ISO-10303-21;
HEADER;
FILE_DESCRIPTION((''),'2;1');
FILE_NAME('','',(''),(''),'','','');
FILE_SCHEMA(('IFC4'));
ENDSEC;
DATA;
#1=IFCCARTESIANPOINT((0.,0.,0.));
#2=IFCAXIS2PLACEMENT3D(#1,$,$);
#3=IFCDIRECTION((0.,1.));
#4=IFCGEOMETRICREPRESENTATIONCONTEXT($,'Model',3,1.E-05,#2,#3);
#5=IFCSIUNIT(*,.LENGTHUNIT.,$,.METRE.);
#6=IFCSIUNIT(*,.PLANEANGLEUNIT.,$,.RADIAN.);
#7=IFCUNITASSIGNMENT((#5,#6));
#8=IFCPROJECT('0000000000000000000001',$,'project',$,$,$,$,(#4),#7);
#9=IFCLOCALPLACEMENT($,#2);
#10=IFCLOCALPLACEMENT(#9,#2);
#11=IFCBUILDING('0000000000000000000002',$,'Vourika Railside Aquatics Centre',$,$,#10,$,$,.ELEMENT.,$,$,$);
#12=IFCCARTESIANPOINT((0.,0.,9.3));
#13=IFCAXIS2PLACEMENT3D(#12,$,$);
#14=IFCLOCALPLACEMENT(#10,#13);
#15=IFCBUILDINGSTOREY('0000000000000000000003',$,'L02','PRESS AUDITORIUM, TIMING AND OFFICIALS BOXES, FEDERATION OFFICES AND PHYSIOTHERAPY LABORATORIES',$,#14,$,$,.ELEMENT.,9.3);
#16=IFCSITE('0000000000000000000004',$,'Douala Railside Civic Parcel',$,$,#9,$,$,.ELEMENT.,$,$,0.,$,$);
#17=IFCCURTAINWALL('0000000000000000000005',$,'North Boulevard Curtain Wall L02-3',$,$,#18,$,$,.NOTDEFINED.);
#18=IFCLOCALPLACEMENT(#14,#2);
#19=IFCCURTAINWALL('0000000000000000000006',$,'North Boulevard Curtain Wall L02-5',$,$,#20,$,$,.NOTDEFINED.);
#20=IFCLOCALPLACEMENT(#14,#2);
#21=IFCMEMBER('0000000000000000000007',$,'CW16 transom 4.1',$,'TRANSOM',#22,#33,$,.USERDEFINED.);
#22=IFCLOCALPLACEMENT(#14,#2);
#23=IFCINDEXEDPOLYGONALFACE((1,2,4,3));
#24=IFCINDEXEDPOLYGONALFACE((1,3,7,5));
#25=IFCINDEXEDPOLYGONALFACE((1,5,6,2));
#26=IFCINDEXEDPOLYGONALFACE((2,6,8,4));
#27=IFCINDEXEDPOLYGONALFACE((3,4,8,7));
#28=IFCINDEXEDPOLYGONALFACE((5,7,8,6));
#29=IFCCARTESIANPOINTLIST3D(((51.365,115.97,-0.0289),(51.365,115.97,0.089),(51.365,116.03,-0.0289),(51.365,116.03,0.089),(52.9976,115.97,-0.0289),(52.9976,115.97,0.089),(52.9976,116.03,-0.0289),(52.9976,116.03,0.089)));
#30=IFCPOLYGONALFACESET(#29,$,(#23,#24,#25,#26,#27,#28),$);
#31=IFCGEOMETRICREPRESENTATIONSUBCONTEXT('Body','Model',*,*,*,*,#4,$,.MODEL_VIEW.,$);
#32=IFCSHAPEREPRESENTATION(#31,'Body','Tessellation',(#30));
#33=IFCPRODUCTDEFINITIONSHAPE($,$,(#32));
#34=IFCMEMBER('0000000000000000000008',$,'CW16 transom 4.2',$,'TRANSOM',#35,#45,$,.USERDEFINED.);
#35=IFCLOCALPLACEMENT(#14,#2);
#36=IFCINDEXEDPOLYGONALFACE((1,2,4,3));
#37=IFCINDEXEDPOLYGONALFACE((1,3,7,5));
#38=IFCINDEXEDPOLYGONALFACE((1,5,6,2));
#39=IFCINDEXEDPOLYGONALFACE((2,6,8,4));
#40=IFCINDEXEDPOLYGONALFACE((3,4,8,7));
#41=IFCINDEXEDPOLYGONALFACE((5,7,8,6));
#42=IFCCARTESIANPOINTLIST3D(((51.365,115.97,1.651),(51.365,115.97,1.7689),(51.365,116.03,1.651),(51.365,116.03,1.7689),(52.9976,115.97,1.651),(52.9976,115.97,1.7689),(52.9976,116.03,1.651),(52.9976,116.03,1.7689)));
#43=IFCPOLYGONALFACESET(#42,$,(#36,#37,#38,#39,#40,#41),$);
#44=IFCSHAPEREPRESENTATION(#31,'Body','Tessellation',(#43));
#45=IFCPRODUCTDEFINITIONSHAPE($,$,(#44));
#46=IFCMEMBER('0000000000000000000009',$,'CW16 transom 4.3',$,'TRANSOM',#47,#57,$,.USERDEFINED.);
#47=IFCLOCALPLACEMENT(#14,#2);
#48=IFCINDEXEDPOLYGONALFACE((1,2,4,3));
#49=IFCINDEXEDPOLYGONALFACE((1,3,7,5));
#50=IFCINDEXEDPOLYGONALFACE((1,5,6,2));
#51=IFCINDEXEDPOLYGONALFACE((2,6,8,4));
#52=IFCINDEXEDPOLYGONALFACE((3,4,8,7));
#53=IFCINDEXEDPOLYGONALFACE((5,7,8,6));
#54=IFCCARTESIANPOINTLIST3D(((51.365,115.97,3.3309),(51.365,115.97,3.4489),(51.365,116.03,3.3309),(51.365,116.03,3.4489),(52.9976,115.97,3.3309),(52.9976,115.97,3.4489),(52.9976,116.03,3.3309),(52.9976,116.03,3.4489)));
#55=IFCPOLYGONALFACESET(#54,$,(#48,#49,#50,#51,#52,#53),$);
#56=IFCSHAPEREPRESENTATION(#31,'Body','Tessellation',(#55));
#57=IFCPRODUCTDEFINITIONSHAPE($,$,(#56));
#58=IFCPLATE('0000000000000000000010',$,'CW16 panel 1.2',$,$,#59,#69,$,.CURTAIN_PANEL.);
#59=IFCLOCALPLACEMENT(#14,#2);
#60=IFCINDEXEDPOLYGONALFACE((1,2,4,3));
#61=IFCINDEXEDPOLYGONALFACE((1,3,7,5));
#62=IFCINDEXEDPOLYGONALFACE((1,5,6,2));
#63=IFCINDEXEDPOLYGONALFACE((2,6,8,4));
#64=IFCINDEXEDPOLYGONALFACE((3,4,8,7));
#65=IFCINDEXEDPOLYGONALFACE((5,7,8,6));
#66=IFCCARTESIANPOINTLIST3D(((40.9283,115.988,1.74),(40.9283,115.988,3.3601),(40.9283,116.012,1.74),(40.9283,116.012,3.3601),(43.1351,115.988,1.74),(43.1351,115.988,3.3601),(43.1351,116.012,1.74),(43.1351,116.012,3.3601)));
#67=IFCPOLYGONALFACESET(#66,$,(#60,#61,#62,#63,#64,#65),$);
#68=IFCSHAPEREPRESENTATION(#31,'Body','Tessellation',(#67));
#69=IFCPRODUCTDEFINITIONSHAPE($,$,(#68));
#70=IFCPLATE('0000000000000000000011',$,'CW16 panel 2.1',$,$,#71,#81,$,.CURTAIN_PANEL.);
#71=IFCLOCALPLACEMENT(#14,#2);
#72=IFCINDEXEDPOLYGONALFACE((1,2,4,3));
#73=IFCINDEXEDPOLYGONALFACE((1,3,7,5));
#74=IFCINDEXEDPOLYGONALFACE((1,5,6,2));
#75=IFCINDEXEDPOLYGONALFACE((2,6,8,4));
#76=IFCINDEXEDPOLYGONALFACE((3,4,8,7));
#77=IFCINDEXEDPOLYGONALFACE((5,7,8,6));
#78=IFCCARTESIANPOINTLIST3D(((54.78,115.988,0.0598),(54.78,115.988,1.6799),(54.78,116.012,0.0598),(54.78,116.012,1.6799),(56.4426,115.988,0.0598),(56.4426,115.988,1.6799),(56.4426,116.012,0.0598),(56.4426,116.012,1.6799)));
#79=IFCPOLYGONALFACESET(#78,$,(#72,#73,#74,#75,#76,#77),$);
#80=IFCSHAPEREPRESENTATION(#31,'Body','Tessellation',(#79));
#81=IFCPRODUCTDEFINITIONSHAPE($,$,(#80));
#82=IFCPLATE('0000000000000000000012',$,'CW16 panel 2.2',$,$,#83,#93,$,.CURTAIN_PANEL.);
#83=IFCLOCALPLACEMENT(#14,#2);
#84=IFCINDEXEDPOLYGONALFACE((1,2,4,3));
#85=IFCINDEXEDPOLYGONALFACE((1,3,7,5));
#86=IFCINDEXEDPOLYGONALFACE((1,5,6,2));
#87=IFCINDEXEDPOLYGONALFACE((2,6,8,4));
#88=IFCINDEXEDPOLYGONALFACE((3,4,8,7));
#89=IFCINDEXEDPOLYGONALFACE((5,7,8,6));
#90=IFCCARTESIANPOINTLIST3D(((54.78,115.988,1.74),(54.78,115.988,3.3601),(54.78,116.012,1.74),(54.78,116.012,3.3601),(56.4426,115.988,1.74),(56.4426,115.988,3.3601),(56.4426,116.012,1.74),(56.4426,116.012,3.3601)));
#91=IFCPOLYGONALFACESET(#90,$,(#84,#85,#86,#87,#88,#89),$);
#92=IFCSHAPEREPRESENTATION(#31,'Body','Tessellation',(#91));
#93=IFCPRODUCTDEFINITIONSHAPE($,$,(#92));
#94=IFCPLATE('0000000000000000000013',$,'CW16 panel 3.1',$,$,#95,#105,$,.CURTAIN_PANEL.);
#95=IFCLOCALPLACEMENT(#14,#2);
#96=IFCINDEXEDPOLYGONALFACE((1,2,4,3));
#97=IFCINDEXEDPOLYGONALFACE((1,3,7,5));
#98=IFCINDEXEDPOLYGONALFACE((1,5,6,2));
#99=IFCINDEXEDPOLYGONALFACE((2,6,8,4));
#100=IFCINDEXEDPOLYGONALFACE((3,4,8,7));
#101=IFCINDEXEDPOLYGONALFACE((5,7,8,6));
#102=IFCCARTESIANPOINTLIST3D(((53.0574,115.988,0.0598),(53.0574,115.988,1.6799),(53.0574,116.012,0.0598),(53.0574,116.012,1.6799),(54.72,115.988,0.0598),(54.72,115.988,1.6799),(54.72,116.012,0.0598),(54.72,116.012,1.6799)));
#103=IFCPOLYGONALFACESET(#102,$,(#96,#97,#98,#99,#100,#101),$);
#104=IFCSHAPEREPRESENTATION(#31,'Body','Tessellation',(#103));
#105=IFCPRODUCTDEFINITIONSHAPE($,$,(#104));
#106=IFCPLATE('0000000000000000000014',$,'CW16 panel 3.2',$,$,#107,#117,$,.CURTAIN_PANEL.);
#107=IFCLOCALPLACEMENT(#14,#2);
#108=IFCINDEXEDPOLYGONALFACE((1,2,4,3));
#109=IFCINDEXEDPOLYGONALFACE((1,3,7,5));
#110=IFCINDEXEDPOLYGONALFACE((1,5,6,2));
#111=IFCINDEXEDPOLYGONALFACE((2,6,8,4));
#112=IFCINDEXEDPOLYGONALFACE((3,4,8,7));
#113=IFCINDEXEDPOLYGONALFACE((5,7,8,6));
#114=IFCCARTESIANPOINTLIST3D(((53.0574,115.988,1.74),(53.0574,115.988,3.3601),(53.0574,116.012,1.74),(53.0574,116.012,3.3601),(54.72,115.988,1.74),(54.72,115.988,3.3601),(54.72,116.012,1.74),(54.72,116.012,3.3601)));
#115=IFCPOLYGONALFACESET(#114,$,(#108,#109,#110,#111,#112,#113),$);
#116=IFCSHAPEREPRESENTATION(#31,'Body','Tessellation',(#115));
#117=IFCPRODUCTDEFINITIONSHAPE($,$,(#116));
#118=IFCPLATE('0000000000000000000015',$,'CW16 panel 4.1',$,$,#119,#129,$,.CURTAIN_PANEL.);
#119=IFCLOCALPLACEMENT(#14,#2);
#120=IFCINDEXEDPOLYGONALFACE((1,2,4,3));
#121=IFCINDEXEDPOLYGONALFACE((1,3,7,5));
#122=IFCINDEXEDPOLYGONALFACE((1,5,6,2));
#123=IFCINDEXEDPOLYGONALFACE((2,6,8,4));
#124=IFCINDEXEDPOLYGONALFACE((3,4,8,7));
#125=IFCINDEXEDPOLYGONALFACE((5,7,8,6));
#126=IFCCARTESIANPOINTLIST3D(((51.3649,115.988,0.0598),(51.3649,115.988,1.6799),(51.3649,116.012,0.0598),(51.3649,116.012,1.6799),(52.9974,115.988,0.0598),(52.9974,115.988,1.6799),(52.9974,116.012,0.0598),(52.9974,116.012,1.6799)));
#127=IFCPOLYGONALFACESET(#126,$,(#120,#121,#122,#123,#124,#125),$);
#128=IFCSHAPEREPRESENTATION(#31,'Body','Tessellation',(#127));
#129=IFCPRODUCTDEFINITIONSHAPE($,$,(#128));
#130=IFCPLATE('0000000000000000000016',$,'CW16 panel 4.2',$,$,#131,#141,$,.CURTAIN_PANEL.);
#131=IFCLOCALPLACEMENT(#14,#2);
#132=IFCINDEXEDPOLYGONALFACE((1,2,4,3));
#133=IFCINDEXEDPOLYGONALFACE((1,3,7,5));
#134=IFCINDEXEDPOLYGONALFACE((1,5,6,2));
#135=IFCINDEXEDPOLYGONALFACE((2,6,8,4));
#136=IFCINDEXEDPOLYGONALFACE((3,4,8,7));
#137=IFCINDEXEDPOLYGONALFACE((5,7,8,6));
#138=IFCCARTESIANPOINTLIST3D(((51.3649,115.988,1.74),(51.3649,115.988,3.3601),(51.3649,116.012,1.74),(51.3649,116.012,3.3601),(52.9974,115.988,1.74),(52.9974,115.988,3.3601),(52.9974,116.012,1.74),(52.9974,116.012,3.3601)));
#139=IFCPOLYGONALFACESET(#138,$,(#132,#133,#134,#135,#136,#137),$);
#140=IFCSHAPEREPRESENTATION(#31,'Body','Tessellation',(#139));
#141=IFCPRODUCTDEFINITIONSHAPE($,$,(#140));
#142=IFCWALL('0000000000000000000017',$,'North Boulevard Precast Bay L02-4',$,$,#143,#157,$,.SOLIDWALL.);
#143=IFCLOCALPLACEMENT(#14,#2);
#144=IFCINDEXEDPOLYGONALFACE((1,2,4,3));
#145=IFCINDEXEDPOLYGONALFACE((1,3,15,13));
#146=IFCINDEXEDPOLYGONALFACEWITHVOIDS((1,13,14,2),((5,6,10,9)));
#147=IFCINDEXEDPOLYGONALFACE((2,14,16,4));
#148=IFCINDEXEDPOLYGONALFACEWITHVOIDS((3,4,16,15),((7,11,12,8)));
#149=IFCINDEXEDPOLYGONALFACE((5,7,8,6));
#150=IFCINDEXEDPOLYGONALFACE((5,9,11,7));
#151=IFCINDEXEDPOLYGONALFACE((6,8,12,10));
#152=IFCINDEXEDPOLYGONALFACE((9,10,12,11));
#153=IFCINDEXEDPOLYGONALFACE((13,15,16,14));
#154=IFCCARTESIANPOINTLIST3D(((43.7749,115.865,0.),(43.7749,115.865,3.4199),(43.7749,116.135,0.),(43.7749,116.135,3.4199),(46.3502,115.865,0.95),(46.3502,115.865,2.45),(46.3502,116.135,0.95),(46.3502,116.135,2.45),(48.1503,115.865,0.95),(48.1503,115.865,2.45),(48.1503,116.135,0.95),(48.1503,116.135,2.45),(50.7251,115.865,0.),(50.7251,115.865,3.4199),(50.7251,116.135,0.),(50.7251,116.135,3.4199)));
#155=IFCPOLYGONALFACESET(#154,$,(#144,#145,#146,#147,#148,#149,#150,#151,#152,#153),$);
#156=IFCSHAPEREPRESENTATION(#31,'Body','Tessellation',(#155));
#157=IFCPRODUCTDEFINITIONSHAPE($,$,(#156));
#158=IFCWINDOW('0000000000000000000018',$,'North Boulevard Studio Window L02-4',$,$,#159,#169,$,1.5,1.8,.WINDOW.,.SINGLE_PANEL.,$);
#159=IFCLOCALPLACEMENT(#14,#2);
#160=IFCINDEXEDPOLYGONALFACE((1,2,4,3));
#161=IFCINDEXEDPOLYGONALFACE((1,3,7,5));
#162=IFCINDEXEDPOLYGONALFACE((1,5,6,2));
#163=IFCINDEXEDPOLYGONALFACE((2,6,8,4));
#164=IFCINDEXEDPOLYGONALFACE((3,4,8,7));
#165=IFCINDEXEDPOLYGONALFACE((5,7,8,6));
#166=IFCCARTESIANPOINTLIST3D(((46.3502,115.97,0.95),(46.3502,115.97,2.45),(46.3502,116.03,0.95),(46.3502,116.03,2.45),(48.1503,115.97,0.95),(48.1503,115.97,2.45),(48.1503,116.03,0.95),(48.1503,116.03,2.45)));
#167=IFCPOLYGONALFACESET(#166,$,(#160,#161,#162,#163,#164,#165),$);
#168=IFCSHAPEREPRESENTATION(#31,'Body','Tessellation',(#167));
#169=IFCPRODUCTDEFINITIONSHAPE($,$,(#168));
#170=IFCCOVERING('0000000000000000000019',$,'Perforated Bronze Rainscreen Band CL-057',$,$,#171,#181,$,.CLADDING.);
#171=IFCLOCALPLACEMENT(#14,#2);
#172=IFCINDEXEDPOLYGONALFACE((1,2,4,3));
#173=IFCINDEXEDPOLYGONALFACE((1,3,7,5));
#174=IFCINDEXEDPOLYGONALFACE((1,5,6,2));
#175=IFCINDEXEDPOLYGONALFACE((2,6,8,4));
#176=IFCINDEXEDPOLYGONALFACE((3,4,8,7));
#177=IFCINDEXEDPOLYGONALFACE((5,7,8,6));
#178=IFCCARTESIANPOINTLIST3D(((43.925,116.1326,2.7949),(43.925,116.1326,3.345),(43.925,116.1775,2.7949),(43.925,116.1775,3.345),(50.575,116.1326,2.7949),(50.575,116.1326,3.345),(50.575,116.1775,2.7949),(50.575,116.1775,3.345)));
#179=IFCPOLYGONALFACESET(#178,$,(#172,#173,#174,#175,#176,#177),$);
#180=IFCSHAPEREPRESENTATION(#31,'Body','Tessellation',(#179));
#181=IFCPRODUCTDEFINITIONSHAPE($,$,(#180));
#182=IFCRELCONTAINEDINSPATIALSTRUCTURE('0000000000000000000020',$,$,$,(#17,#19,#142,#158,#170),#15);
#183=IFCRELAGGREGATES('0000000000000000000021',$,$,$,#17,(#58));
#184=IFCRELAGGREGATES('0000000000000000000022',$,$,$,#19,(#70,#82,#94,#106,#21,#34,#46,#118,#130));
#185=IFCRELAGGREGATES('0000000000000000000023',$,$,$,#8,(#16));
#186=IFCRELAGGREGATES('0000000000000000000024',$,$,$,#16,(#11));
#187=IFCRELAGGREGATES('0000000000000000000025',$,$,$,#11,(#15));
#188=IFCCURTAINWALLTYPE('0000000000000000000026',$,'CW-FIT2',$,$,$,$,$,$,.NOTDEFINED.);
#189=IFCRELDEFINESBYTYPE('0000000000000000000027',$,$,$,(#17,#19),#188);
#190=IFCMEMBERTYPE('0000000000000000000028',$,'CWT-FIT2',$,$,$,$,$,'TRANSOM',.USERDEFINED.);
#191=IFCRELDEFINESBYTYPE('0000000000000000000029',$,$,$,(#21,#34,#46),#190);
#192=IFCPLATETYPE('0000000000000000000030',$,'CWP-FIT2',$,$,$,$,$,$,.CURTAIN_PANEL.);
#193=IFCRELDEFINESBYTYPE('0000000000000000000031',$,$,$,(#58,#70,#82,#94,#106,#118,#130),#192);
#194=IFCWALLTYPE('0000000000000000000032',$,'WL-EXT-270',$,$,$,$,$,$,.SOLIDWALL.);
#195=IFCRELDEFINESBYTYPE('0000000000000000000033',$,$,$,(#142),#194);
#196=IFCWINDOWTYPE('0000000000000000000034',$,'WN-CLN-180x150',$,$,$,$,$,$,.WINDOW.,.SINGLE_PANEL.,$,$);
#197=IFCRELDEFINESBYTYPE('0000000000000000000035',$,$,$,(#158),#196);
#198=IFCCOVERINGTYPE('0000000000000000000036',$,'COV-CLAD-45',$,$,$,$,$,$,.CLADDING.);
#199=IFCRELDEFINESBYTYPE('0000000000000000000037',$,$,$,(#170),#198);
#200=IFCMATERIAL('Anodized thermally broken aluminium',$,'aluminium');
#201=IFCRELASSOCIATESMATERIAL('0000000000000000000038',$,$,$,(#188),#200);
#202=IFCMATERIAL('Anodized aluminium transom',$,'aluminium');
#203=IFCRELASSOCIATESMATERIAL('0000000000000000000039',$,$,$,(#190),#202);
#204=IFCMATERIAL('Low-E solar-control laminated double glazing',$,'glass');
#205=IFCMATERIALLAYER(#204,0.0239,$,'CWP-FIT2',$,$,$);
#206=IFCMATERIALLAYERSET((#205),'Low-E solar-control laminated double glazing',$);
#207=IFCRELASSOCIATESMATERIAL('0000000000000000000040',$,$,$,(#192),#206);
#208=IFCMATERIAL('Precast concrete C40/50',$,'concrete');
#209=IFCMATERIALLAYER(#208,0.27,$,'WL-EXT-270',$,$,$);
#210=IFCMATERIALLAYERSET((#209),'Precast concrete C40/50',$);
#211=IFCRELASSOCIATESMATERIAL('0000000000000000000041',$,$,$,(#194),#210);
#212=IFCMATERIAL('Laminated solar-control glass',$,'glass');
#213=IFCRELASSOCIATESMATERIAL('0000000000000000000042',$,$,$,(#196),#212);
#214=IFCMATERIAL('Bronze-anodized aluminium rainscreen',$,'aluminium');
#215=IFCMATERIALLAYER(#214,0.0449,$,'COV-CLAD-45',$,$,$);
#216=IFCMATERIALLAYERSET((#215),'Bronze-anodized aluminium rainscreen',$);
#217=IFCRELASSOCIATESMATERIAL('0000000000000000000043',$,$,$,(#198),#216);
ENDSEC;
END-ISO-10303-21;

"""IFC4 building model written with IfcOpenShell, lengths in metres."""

from ifc_helpers import new_model, si_unit, direction, frame, frame_2d, origin, origin_2d, place, context, subcontext, project, spatial, rectangle, extrude, material, layer, layer_set, material_profile, profile_set, type_object, element, fill, aggregate, save


model = new_model("IFC4")

# Units and contexts
model_context = context("Model", 3, precision=1e-05, world=origin(), true_north=direction((0.0, 1.0)))
body_context = subcontext(model_context, "Body", "Model", "MODEL_VIEW")
ifc_project = project(units=[si_unit("LENGTHUNIT", "METRE"), si_unit("PLANEANGLEUNIT", "RADIAN")], contexts=[model_context])

# Site, building, storey
site_placement = place(None, origin())
site = spatial("IfcSite", under=ifc_project, at=site_placement, Name="Douala Railside Civic Parcel", CompositionType="ELEMENT", RefElevation=0.0)
building_placement = place(site_placement, origin())
building = spatial("IfcBuilding", under=site, at=building_placement, Name="Vourika Railside Aquatics Centre", CompositionType="ELEMENT")
storey_placement = place(building_placement, frame((0.0, 0.0, 9.3)))
storey = spatial("IfcBuildingStorey", under=building, at=storey_placement, Name="L02", Description="PRESS AUDITORIUM, TIMING AND OFFICIALS BOXES, FEDERATION OFFICES AND PHYSIOTHERAPY LABORATORIES", CompositionType="ELEMENT", Elevation=9.3)

# Curtain wall
ifc_material_1 = material(Name="Anodized thermally broken aluminium", Category="aluminium")
curtain_wall_type = type_object("IfcCurtainWallType", Name="CW-FIT2", PredefinedType="NOTDEFINED", material=ifc_material_1)
curtain_wall_1_placement = place(storey_placement, origin())
curtain_wall_1 = element("IfcCurtainWall", 1, at=curtain_wall_1_placement, inside=storey, type_object=curtain_wall_type, Name="North Boulevard Curtain Wall L02-3", PredefinedType="NOTDEFINED")

# Curtain wall
curtain_wall_2_placement = place(storey_placement, origin())
curtain_wall_2 = element("IfcCurtainWall", 2, at=curtain_wall_2_placement, inside=storey, type_object=curtain_wall_type, Name="North Boulevard Curtain Wall L02-5", PredefinedType="NOTDEFINED")

# Members
ifc_material_2 = material(Name="Anodized aluminium transom", Category="aluminium")
ifc_material_profile_1 = material_profile(ifc_material_2, rectangle(XDim=0.0601, YDim=0.1179, at=origin_2d()), Name="ALU-T 60x118")
ifc_profile_set_1 = profile_set([ifc_material_profile_1], Name="Anodized aluminium transom")
member_type_1 = type_object("IfcMemberType", Name="CWT-FIT2", ElementType="TRANSOM", PredefinedType="USERDEFINED", material=ifc_profile_set_1)
member_1_placement = place(storey_placement, frame((52.9976, 116.0, 0.03), z_axis=(-1.0, 0.0, 0.0), x_axis=(0.0, -1.0, 0.0)))
member_1 = element("IfcMember", 3, at=member_1_placement, type_object=member_type_1, Name="CW16 transom 4.1", ObjectType="TRANSOM", PredefinedType="USERDEFINED", context=body_context, shape_type="SweptSolid", body=[
    extrude(rectangle(XDim=0.0601, YDim=0.1179, at=origin_2d()), origin(), (0.0, 0.0, 1.0), 1.6326),
])
member_2_placement = place(storey_placement, frame((52.9976, 116.0, 1.71), z_axis=(-1.0, 0.0, 0.0), x_axis=(0.0, -1.0, 0.0)))
member_2 = element("IfcMember", 4, at=member_2_placement, type_object=member_type_1, Name="CW16 transom 4.2", ObjectType="TRANSOM", PredefinedType="USERDEFINED", context=body_context, shape_type="SweptSolid", body=[
    extrude(rectangle(XDim=0.0601, YDim=0.1179, at=origin_2d()), origin(), (0.0, 0.0, 1.0), 1.6326),
])
member_3_placement = place(storey_placement, frame((52.9976, 116.0, 3.3899), z_axis=(-1.0, 0.0, 0.0), x_axis=(0.0, -1.0, 0.0)))
member_3 = element("IfcMember", 5, at=member_3_placement, type_object=member_type_1, Name="CW16 transom 4.3", ObjectType="TRANSOM", PredefinedType="USERDEFINED", context=body_context, shape_type="SweptSolid", body=[
    extrude(rectangle(XDim=0.0601, YDim=0.1179, at=origin_2d()), origin(), (0.0, 0.0, 1.0), 1.6326),
])

# Plates
ifc_material_3 = material(Name="Low-E solar-control laminated double glazing", Category="glass")
ifc_layer_1 = layer(ifc_material_3, 0.0239, Name="CWP-FIT2")
ifc_layer_set_1 = layer_set([ifc_layer_1], Name="Low-E solar-control laminated double glazing")
plate_type = type_object("IfcPlateType", Name="CWP-FIT2", PredefinedType="CURTAIN_PANEL", material=ifc_layer_set_1)
plate_1_placement = place(storey_placement, frame((42.0317, 116.0, 1.74), z_axis=(0.0, 0.0, 1.0), x_axis=(-1.0, 0.0, 0.0)))
plate_1 = element("IfcPlate", 6, at=plate_1_placement, type_object=plate_type, Name="CW16 panel 1.2", PredefinedType="CURTAIN_PANEL", context=body_context, shape_type="SweptSolid", body=[
    extrude(rectangle(XDim=2.2068, YDim=0.0239, at=origin_2d()), origin(), (0.0, 0.0, 1.0), 1.6201),
])
aggregate(curtain_wall_1, [plate_1])
plate_2_placement = place(storey_placement, frame((55.6113, 116.0, 0.0598), z_axis=(0.0, 0.0, 1.0), x_axis=(-1.0, 0.0, 0.0)))
plate_2 = element("IfcPlate", 7, at=plate_2_placement, type_object=plate_type, Name="CW16 panel 2.1", PredefinedType="CURTAIN_PANEL", context=body_context, shape_type="SweptSolid", body=[
    extrude(rectangle(XDim=1.6626, YDim=0.0239, at=origin_2d()), origin(), (0.0, 0.0, 1.0), 1.6201),
])
plate_3_placement = place(storey_placement, frame((55.6113, 116.0, 1.74), z_axis=(0.0, 0.0, 1.0), x_axis=(-1.0, 0.0, 0.0)))
plate_3 = element("IfcPlate", 8, at=plate_3_placement, type_object=plate_type, Name="CW16 panel 2.2", PredefinedType="CURTAIN_PANEL", context=body_context, shape_type="SweptSolid", body=[
    extrude(rectangle(XDim=1.6626, YDim=0.0239, at=origin_2d()), origin(), (0.0, 0.0, 1.0), 1.6201),
])
plate_4_placement = place(storey_placement, frame((53.8887, 116.0, 0.0598), z_axis=(0.0, 0.0, 1.0), x_axis=(-1.0, 0.0, 0.0)))
plate_4 = element("IfcPlate", 9, at=plate_4_placement, type_object=plate_type, Name="CW16 panel 3.1", PredefinedType="CURTAIN_PANEL", context=body_context, shape_type="SweptSolid", body=[
    extrude(rectangle(XDim=1.6626, YDim=0.0239, at=origin_2d()), origin(), (0.0, 0.0, 1.0), 1.6201),
])
plate_5_placement = place(storey_placement, frame((53.8887, 116.0, 1.74), z_axis=(0.0, 0.0, 1.0), x_axis=(-1.0, 0.0, 0.0)))
plate_5 = element("IfcPlate", 10, at=plate_5_placement, type_object=plate_type, Name="CW16 panel 3.2", PredefinedType="CURTAIN_PANEL", context=body_context, shape_type="SweptSolid", body=[
    extrude(rectangle(XDim=1.6626, YDim=0.0239, at=origin_2d()), origin(), (0.0, 0.0, 1.0), 1.6201),
])
plate_6_placement = place(storey_placement, frame((52.1812, 116.0, 0.0598), z_axis=(0.0, 0.0, 1.0), x_axis=(-1.0, 0.0, 0.0)))
plate_6 = element("IfcPlate", 11, at=plate_6_placement, type_object=plate_type, Name="CW16 panel 4.1", PredefinedType="CURTAIN_PANEL", context=body_context, shape_type="SweptSolid", body=[
    extrude(rectangle(XDim=1.6326, YDim=0.0239, at=origin_2d()), origin(), (0.0, 0.0, 1.0), 1.6201),
])
plate_7_placement = place(storey_placement, frame((52.1812, 116.0, 1.74), z_axis=(0.0, 0.0, 1.0), x_axis=(-1.0, 0.0, 0.0)))
plate_7 = element("IfcPlate", 12, at=plate_7_placement, type_object=plate_type, Name="CW16 panel 4.2", PredefinedType="CURTAIN_PANEL", context=body_context, shape_type="SweptSolid", body=[
    extrude(rectangle(XDim=1.6326, YDim=0.0239, at=origin_2d()), origin(), (0.0, 0.0, 1.0), 1.6201),
])
aggregate(curtain_wall_2, [plate_2, plate_3, plate_4, plate_5, member_1, member_2, member_3, plate_6, plate_7])

# Wall, opening, window
ifc_material_4 = material(Name="Precast concrete C40/50", Category="concrete")
ifc_layer_2 = layer(ifc_material_4, 0.27, Name="WL-EXT-270")
ifc_layer_set_2 = layer_set([ifc_layer_2], Name="Precast concrete C40/50")
wall_type = type_object("IfcWallType", Name="WL-EXT-270", PredefinedType="SOLIDWALL", material=ifc_layer_set_2)
wall_placement = place(storey_placement, frame((50.7251, 116.0, 0.0), z_axis=(0.0, 0.0, 1.0), x_axis=(-1.0, 0.0, 0.0)))
wall = element("IfcWall", 13, at=wall_placement, inside=storey, type_object=wall_type, Name="North Boulevard Precast Bay L02-4", PredefinedType="SOLIDWALL", context=body_context, shape_type="SweptSolid", body=[
    extrude(rectangle(XDim=6.9502, YDim=0.27, at=frame_2d((3.4751, 0.0))), origin(), (0.0, 0.0, 1.0), 3.4199),
])
opening_placement = place(wall_placement, frame((2.575, 0.0, 0.95)))
opening = element("IfcOpeningElement", 14, at=opening_placement, cuts=wall, PredefinedType="OPENING", context=body_context, shape_type="SweptSolid", body=[
    extrude(rectangle(XDim=1.8, YDim=1.5, at=frame_2d((0.8999, 0.75))), frame((0.0, 0.145, 0.0), z_axis=(0.0, -1.0, 0.0), x_axis=(1.0, 0.0, 0.0)), (0.0, 0.0, 1.0), 0.29),
])
ifc_material_5 = material(Name="Laminated solar-control glass", Category="glass")
window_type = type_object("IfcWindowType", Name="WN-CLN-180x150", PartitioningType="SINGLE_PANEL", PredefinedType="WINDOW", material=ifc_material_5)
window_placement = place(opening_placement, origin())
window = element("IfcWindow", 15, at=window_placement, inside=storey, type_object=window_type, Name="North Boulevard Studio Window L02-4", OverallHeight=1.5, OverallWidth=1.8, PartitioningType="SINGLE_PANEL", PredefinedType="WINDOW", context=body_context, shape_type="SweptSolid", body=[
    extrude(rectangle(XDim=1.8, YDim=1.5, at=frame_2d((0.8999, 0.75))), frame((0.0, 0.03, 0.0), z_axis=(0.0, -1.0, 0.0), x_axis=(1.0, 0.0, 0.0)), (0.0, 0.0, 1.0), 0.0601),
])
fill(opening, window)

# Covering
ifc_material_6 = material(Name="Bronze-anodized aluminium rainscreen", Category="aluminium")
ifc_layer_3 = layer(ifc_material_6, 0.0449, Name="COV-CLAD-45")
ifc_layer_set_3 = layer_set([ifc_layer_3], Name="Bronze-anodized aluminium rainscreen")
covering_type = type_object("IfcCoveringType", Name="COV-CLAD-45", PredefinedType="CLADDING", material=ifc_layer_set_3)
covering_placement = place(storey_placement, frame((47.25, 116.155, 2.7949), z_axis=(0.0, 0.0, 1.0), x_axis=(-1.0, 0.0, 0.0)))
element("IfcCovering", 16, at=covering_placement, inside=storey, type_object=covering_type, Name="Perforated Bronze Rainscreen Band CL-057", PredefinedType="CLADDING", context=body_context, shape_type="SweptSolid", body=[
    extrude(rectangle(XDim=6.6499, YDim=0.0449, at=origin_2d()), origin(), (0.0, 0.0, 1.0), 0.55),
])

save(model, "model.ifc")
